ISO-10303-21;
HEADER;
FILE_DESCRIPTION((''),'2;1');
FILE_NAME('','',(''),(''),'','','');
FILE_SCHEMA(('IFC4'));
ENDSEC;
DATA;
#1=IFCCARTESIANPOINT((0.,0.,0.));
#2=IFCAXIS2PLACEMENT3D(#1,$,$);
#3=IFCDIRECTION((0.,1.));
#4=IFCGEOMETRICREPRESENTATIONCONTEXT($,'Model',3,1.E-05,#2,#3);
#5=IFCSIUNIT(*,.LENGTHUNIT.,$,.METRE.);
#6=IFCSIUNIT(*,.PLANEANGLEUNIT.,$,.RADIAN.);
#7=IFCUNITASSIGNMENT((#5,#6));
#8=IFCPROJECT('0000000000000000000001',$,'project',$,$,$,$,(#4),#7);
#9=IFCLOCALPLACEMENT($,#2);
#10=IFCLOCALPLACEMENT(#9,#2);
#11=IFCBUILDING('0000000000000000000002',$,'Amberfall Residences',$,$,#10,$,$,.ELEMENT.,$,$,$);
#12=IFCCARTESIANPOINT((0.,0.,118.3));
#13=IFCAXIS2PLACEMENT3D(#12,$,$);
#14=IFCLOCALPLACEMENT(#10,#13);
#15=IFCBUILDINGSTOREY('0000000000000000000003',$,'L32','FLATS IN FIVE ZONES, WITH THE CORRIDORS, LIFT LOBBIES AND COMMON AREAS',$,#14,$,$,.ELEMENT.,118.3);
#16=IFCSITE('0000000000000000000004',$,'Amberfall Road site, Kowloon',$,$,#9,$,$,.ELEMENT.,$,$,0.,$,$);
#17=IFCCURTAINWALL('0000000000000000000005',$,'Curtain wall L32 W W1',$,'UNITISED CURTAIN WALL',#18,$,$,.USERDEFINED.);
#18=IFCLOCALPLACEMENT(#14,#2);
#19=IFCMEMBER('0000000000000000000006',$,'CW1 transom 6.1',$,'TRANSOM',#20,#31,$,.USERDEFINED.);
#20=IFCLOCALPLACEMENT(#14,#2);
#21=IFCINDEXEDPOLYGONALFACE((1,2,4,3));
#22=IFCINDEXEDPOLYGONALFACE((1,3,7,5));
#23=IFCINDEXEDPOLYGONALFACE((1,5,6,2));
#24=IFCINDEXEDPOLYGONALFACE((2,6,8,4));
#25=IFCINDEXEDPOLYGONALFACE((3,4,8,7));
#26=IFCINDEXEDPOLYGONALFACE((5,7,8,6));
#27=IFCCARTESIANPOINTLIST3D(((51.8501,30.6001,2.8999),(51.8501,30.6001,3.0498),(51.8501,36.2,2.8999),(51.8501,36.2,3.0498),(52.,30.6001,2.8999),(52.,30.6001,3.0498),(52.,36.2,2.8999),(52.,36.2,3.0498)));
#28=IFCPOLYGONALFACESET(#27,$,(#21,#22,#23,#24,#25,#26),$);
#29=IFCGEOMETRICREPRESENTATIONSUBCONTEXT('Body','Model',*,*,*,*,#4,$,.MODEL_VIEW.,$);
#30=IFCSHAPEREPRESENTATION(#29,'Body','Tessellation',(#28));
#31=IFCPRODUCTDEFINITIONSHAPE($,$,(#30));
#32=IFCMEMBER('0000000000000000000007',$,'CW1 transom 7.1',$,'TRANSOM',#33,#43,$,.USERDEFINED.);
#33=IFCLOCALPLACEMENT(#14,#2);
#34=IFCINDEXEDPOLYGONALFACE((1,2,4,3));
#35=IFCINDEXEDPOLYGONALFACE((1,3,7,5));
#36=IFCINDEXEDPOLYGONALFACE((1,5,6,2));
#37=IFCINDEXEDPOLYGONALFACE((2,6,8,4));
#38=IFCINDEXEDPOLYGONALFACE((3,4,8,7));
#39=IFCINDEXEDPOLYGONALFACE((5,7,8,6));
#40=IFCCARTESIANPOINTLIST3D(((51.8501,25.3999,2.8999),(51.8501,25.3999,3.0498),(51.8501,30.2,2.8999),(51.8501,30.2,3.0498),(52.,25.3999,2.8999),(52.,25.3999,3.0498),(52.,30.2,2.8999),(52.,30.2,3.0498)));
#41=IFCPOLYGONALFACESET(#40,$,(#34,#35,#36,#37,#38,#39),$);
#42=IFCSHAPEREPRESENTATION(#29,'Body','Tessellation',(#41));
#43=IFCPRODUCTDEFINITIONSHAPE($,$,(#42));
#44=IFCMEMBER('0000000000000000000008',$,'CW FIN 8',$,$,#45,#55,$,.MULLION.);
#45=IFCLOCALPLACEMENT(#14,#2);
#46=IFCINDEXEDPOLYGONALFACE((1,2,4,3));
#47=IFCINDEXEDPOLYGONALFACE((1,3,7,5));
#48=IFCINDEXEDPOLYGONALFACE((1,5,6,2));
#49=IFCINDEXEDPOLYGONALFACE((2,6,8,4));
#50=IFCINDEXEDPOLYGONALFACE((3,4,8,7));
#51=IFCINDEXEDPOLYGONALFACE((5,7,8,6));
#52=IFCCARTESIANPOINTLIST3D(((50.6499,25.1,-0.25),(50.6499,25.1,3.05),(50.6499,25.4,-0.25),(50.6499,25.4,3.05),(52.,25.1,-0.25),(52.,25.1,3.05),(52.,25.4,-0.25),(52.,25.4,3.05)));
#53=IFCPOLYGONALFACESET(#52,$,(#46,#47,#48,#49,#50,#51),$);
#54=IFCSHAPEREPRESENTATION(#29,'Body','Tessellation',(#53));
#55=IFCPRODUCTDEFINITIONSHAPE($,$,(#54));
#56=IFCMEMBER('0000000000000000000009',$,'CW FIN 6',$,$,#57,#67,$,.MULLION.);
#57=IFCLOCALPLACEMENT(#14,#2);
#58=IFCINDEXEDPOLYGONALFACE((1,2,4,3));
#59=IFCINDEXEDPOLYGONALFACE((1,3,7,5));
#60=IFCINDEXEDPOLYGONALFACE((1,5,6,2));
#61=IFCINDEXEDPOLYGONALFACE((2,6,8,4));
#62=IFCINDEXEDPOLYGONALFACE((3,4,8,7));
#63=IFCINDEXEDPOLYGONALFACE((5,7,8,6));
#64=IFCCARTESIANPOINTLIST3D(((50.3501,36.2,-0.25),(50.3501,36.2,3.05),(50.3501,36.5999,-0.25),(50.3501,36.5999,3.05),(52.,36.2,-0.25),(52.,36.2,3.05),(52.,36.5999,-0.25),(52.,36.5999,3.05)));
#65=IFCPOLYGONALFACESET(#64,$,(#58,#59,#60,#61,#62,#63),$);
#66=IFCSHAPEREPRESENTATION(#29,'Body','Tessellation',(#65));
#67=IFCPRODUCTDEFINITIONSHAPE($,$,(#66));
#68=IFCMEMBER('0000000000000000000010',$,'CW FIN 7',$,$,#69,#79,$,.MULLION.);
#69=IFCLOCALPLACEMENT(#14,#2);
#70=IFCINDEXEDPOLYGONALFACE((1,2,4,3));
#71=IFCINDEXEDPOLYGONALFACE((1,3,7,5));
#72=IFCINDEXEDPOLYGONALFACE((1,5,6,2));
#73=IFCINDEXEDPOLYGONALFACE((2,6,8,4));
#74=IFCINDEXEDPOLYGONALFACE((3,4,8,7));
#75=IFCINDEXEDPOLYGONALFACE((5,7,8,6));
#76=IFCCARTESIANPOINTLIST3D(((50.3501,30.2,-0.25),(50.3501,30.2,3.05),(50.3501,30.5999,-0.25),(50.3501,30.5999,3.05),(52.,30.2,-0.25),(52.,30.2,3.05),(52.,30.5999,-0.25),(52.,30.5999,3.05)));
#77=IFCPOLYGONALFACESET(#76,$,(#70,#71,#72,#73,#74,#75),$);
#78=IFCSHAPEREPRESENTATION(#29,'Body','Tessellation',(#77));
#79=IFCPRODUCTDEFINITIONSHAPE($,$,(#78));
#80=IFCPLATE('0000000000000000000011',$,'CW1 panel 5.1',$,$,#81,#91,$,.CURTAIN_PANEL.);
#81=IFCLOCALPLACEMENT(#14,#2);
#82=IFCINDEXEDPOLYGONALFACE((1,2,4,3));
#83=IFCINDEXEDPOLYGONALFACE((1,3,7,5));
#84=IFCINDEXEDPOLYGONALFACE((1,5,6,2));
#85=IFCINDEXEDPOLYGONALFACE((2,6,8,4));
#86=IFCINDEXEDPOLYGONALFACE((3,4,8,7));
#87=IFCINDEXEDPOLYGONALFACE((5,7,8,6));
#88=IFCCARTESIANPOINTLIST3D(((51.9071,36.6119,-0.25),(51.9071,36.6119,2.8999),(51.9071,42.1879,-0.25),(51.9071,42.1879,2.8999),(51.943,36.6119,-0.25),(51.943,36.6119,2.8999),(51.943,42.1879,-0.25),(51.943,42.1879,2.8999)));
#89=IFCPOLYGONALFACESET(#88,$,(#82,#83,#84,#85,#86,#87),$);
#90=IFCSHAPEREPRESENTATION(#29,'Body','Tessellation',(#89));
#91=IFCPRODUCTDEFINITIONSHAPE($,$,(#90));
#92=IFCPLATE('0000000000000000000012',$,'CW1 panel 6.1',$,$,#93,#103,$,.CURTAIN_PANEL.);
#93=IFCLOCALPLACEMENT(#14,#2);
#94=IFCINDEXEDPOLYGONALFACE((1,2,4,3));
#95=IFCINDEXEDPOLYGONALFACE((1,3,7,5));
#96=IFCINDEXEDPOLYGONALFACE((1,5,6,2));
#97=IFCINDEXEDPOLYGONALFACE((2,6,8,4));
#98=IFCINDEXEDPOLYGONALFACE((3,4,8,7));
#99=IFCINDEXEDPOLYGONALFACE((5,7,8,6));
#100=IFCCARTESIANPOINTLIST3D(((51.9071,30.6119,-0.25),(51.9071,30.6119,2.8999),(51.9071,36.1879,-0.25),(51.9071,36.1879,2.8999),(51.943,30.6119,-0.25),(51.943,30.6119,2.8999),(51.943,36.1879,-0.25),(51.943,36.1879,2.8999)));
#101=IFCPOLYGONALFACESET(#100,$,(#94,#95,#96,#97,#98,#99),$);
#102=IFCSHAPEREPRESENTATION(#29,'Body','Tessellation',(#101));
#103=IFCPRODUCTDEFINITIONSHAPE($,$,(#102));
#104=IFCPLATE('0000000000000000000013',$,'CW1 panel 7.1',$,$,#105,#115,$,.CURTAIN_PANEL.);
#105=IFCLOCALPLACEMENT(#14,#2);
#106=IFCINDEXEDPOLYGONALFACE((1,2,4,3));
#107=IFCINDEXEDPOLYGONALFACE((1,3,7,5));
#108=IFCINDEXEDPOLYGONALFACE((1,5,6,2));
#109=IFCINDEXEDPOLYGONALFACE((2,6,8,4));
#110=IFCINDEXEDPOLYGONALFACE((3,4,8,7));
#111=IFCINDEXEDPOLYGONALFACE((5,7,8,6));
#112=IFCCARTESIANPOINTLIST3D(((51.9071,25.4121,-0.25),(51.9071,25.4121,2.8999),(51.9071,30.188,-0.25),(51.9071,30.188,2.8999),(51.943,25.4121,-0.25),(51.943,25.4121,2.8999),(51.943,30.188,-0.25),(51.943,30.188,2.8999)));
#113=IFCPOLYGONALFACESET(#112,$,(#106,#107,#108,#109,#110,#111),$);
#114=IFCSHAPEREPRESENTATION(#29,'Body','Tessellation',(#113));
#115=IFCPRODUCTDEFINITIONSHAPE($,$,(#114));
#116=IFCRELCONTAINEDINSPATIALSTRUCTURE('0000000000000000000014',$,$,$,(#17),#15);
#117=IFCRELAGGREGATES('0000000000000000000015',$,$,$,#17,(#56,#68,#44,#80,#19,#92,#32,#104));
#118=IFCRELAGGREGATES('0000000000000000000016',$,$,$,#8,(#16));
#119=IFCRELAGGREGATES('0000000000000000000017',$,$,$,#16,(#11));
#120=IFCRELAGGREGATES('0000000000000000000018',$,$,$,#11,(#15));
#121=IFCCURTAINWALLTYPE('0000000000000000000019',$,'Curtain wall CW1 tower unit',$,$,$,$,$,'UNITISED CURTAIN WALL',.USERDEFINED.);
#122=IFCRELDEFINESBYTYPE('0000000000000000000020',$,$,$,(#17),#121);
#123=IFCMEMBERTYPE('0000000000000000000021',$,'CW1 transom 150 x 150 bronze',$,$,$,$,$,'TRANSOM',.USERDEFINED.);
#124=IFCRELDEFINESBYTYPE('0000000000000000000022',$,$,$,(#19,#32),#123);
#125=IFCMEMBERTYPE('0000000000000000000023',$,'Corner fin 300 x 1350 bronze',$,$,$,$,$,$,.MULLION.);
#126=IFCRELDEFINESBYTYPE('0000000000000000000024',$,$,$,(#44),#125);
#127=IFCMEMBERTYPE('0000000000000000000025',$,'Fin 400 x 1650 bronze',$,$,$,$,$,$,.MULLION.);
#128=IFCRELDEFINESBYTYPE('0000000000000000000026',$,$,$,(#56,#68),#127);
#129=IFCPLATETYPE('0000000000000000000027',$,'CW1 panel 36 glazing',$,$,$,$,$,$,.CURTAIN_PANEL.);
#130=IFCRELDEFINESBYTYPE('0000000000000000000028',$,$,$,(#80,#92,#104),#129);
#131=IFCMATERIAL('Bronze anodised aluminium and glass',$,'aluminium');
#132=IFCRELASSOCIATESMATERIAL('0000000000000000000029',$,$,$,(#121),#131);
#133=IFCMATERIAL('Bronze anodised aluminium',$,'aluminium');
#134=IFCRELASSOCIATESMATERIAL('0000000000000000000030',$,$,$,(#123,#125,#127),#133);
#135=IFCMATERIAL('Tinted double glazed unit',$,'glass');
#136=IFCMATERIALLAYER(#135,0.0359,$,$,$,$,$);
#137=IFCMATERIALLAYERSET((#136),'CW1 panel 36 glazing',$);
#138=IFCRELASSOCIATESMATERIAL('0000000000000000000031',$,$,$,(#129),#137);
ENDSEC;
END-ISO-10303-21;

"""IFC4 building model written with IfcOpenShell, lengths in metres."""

from ifc_helpers import new_model, si_unit, direction, frame, origin, origin_2d, place, context, subcontext, project, spatial, rectangle, extrude, material, layer, layer_set, material_profile, profile_set, type_object, element, aggregate, save


model = new_model("IFC4")

# Units and contexts
model_context = context("Model", 3, precision=1e-05, world=origin(), true_north=direction((0.0, 1.0)))
body_context = subcontext(model_context, "Body", "Model", "MODEL_VIEW")
ifc_project = project(units=[si_unit("LENGTHUNIT", "METRE"), si_unit("PLANEANGLEUNIT", "RADIAN")], contexts=[model_context])

# Site, building, storey
site_placement = place(None, origin())
site = spatial("IfcSite", under=ifc_project, at=site_placement, Name="Amberfall Road site, Kowloon", CompositionType="ELEMENT", RefElevation=0.0)
building_placement = place(site_placement, origin())
building = spatial("IfcBuilding", under=site, at=building_placement, Name="Amberfall Residences", CompositionType="ELEMENT")
storey_placement = place(building_placement, frame((0.0, 0.0, 118.3)))
storey = spatial("IfcBuildingStorey", under=building, at=storey_placement, Name="L32", Description="FLATS IN FIVE ZONES, WITH THE CORRIDORS, LIFT LOBBIES AND COMMON AREAS", CompositionType="ELEMENT", Elevation=118.3)

# Curtain wall, members, plates
ifc_material_1 = material(Name="Bronze anodised aluminium and glass", Category="aluminium")
curtain_wall_type = type_object("IfcCurtainWallType", Name="Curtain wall CW1 tower unit", ElementType="UNITISED CURTAIN WALL", PredefinedType="USERDEFINED", material=ifc_material_1)
curtain_wall_placement = place(storey_placement, origin())
curtain_wall = element("IfcCurtainWall", 1, at=curtain_wall_placement, inside=storey, type_object=curtain_wall_type, Name="Curtain wall L32 W W1", ObjectType="UNITISED CURTAIN WALL", PredefinedType="USERDEFINED")
ifc_material_2 = material(Name="Bronze anodised aluminium", Category="aluminium")
ifc_material_profile_1 = material_profile(ifc_material_2, rectangle(XDim=0.1499, YDim=0.1499, at=origin_2d()), Name="CW1 transom 150 x 150 bronze")
ifc_profile_set_1 = profile_set([ifc_material_profile_1], Name="Bronze anodised aluminium")
member_type_1 = type_object("IfcMemberType", Name="CW1 transom 150 x 150 bronze", ElementType="TRANSOM", PredefinedType="USERDEFINED", material=ifc_profile_set_1)
member_1_placement = place(storey_placement, frame((51.925, 36.2, 2.9749), z_axis=(0.0, -1.0, 0.0), x_axis=(1.0, 0.0, 0.0)))
member_1 = element("IfcMember", 2, at=member_1_placement, type_object=member_type_1, Name="CW1 transom 6.1", ObjectType="TRANSOM", PredefinedType="USERDEFINED", context=body_context, shape_type="SweptSolid", body=[
    extrude(rectangle(XDim=0.1499, YDim=0.1499, at=origin_2d()), origin(), (0.0, 0.0, 1.0), 5.5999),
])
member_2_placement = place(storey_placement, frame((51.925, 30.2, 2.9749), z_axis=(0.0, -1.0, 0.0), x_axis=(1.0, 0.0, 0.0)))
member_2 = element("IfcMember", 3, at=member_2_placement, type_object=member_type_1, Name="CW1 transom 7.1", ObjectType="TRANSOM", PredefinedType="USERDEFINED", context=body_context, shape_type="SweptSolid", body=[
    extrude(rectangle(XDim=0.1499, YDim=0.1499, at=origin_2d()), origin(), (0.0, 0.0, 1.0), 4.8),
])
ifc_material_profile_2 = material_profile(ifc_material_2, rectangle(XDim=1.3501, YDim=0.3, at=origin_2d()), Name="Corner fin 300 x 1350 bronze")
ifc_profile_set_2 = profile_set([ifc_material_profile_2], Name="Bronze anodised aluminium")
member_type_2 = type_object("IfcMemberType", Name="Corner fin 300 x 1350 bronze", PredefinedType="MULLION", material=ifc_profile_set_2)
member_3_placement = place(storey_placement, frame((51.325, 25.25, -0.25), z_axis=(0.0, 0.0, 1.0), x_axis=(1.0, 0.0, 0.0)))
member_3 = element("IfcMember", 4, at=member_3_placement, type_object=member_type_2, Name="CW FIN 8", PredefinedType="MULLION", context=body_context, shape_type="SweptSolid", body=[
    extrude(rectangle(XDim=1.3501, YDim=0.3, at=origin_2d()), origin(), (0.0, 0.0, 1.0), 3.3),
])
ifc_material_profile_3 = material_profile(ifc_material_2, rectangle(XDim=1.6499, YDim=0.3999, at=origin_2d()), Name="Fin 400 x 1650 bronze")
ifc_profile_set_3 = profile_set([ifc_material_profile_3], Name="Bronze anodised aluminium")
member_type_3 = type_object("IfcMemberType", Name="Fin 400 x 1650 bronze", PredefinedType="MULLION", material=ifc_profile_set_3)
member_4_placement = place(storey_placement, frame((51.175, 36.3999, -0.25), z_axis=(0.0, 0.0, 1.0), x_axis=(1.0, 0.0, 0.0)))
member_4 = element("IfcMember", 5, at=member_4_placement, type_object=member_type_3, Name="CW FIN 6", PredefinedType="MULLION", context=body_context, shape_type="SweptSolid", body=[
    extrude(rectangle(XDim=1.6499, YDim=0.3999, at=origin_2d()), origin(), (0.0, 0.0, 1.0), 3.3),
])
member_5_placement = place(storey_placement, frame((51.175, 30.3999, -0.25), z_axis=(0.0, 0.0, 1.0), x_axis=(1.0, 0.0, 0.0)))
member_5 = element("IfcMember", 6, at=member_5_placement, type_object=member_type_3, Name="CW FIN 7", PredefinedType="MULLION", context=body_context, shape_type="SweptSolid", body=[
    extrude(rectangle(XDim=1.6499, YDim=0.3999, at=origin_2d()), origin(), (0.0, 0.0, 1.0), 3.3),
])
ifc_material_3 = material(Name="Tinted double glazed unit", Category="glass")
ifc_layer_1 = layer(ifc_material_3, 0.0359)
ifc_layer_set_1 = layer_set([ifc_layer_1], Name="CW1 panel 36 glazing")
plate_type = type_object("IfcPlateType", Name="CW1 panel 36 glazing", PredefinedType="CURTAIN_PANEL", material=ifc_layer_set_1)
plate_1_placement = place(storey_placement, frame((51.925, 39.3999, -0.25), z_axis=(0.0, 0.0, 1.0), x_axis=(0.0, -1.0, 0.0)))
plate_1 = element("IfcPlate", 7, at=plate_1_placement, type_object=plate_type, Name="CW1 panel 5.1", PredefinedType="CURTAIN_PANEL", context=body_context, shape_type="SweptSolid", body=[
    extrude(rectangle(XDim=5.5759, YDim=0.0359, at=origin_2d()), origin(), (0.0, 0.0, 1.0), 3.1499),
])
plate_2_placement = place(storey_placement, frame((51.925, 33.3999, -0.25), z_axis=(0.0, 0.0, 1.0), x_axis=(0.0, -1.0, 0.0)))
plate_2 = element("IfcPlate", 8, at=plate_2_placement, type_object=plate_type, Name="CW1 panel 6.1", PredefinedType="CURTAIN_PANEL", context=body_context, shape_type="SweptSolid", body=[
    extrude(rectangle(XDim=5.5759, YDim=0.0359, at=origin_2d()), origin(), (0.0, 0.0, 1.0), 3.1499),
])
plate_3_placement = place(storey_placement, frame((51.925, 27.8, -0.25), z_axis=(0.0, 0.0, 1.0), x_axis=(0.0, -1.0, 0.0)))
plate_3 = element("IfcPlate", 9, at=plate_3_placement, type_object=plate_type, Name="CW1 panel 7.1", PredefinedType="CURTAIN_PANEL", context=body_context, shape_type="SweptSolid", body=[
    extrude(rectangle(XDim=4.7759, YDim=0.0359, at=origin_2d()), origin(), (0.0, 0.0, 1.0), 3.1499),
])
aggregate(curtain_wall, [member_4, member_5, member_3, plate_1, member_1, plate_2, member_2, plate_3])

save(model, "model.ifc")
